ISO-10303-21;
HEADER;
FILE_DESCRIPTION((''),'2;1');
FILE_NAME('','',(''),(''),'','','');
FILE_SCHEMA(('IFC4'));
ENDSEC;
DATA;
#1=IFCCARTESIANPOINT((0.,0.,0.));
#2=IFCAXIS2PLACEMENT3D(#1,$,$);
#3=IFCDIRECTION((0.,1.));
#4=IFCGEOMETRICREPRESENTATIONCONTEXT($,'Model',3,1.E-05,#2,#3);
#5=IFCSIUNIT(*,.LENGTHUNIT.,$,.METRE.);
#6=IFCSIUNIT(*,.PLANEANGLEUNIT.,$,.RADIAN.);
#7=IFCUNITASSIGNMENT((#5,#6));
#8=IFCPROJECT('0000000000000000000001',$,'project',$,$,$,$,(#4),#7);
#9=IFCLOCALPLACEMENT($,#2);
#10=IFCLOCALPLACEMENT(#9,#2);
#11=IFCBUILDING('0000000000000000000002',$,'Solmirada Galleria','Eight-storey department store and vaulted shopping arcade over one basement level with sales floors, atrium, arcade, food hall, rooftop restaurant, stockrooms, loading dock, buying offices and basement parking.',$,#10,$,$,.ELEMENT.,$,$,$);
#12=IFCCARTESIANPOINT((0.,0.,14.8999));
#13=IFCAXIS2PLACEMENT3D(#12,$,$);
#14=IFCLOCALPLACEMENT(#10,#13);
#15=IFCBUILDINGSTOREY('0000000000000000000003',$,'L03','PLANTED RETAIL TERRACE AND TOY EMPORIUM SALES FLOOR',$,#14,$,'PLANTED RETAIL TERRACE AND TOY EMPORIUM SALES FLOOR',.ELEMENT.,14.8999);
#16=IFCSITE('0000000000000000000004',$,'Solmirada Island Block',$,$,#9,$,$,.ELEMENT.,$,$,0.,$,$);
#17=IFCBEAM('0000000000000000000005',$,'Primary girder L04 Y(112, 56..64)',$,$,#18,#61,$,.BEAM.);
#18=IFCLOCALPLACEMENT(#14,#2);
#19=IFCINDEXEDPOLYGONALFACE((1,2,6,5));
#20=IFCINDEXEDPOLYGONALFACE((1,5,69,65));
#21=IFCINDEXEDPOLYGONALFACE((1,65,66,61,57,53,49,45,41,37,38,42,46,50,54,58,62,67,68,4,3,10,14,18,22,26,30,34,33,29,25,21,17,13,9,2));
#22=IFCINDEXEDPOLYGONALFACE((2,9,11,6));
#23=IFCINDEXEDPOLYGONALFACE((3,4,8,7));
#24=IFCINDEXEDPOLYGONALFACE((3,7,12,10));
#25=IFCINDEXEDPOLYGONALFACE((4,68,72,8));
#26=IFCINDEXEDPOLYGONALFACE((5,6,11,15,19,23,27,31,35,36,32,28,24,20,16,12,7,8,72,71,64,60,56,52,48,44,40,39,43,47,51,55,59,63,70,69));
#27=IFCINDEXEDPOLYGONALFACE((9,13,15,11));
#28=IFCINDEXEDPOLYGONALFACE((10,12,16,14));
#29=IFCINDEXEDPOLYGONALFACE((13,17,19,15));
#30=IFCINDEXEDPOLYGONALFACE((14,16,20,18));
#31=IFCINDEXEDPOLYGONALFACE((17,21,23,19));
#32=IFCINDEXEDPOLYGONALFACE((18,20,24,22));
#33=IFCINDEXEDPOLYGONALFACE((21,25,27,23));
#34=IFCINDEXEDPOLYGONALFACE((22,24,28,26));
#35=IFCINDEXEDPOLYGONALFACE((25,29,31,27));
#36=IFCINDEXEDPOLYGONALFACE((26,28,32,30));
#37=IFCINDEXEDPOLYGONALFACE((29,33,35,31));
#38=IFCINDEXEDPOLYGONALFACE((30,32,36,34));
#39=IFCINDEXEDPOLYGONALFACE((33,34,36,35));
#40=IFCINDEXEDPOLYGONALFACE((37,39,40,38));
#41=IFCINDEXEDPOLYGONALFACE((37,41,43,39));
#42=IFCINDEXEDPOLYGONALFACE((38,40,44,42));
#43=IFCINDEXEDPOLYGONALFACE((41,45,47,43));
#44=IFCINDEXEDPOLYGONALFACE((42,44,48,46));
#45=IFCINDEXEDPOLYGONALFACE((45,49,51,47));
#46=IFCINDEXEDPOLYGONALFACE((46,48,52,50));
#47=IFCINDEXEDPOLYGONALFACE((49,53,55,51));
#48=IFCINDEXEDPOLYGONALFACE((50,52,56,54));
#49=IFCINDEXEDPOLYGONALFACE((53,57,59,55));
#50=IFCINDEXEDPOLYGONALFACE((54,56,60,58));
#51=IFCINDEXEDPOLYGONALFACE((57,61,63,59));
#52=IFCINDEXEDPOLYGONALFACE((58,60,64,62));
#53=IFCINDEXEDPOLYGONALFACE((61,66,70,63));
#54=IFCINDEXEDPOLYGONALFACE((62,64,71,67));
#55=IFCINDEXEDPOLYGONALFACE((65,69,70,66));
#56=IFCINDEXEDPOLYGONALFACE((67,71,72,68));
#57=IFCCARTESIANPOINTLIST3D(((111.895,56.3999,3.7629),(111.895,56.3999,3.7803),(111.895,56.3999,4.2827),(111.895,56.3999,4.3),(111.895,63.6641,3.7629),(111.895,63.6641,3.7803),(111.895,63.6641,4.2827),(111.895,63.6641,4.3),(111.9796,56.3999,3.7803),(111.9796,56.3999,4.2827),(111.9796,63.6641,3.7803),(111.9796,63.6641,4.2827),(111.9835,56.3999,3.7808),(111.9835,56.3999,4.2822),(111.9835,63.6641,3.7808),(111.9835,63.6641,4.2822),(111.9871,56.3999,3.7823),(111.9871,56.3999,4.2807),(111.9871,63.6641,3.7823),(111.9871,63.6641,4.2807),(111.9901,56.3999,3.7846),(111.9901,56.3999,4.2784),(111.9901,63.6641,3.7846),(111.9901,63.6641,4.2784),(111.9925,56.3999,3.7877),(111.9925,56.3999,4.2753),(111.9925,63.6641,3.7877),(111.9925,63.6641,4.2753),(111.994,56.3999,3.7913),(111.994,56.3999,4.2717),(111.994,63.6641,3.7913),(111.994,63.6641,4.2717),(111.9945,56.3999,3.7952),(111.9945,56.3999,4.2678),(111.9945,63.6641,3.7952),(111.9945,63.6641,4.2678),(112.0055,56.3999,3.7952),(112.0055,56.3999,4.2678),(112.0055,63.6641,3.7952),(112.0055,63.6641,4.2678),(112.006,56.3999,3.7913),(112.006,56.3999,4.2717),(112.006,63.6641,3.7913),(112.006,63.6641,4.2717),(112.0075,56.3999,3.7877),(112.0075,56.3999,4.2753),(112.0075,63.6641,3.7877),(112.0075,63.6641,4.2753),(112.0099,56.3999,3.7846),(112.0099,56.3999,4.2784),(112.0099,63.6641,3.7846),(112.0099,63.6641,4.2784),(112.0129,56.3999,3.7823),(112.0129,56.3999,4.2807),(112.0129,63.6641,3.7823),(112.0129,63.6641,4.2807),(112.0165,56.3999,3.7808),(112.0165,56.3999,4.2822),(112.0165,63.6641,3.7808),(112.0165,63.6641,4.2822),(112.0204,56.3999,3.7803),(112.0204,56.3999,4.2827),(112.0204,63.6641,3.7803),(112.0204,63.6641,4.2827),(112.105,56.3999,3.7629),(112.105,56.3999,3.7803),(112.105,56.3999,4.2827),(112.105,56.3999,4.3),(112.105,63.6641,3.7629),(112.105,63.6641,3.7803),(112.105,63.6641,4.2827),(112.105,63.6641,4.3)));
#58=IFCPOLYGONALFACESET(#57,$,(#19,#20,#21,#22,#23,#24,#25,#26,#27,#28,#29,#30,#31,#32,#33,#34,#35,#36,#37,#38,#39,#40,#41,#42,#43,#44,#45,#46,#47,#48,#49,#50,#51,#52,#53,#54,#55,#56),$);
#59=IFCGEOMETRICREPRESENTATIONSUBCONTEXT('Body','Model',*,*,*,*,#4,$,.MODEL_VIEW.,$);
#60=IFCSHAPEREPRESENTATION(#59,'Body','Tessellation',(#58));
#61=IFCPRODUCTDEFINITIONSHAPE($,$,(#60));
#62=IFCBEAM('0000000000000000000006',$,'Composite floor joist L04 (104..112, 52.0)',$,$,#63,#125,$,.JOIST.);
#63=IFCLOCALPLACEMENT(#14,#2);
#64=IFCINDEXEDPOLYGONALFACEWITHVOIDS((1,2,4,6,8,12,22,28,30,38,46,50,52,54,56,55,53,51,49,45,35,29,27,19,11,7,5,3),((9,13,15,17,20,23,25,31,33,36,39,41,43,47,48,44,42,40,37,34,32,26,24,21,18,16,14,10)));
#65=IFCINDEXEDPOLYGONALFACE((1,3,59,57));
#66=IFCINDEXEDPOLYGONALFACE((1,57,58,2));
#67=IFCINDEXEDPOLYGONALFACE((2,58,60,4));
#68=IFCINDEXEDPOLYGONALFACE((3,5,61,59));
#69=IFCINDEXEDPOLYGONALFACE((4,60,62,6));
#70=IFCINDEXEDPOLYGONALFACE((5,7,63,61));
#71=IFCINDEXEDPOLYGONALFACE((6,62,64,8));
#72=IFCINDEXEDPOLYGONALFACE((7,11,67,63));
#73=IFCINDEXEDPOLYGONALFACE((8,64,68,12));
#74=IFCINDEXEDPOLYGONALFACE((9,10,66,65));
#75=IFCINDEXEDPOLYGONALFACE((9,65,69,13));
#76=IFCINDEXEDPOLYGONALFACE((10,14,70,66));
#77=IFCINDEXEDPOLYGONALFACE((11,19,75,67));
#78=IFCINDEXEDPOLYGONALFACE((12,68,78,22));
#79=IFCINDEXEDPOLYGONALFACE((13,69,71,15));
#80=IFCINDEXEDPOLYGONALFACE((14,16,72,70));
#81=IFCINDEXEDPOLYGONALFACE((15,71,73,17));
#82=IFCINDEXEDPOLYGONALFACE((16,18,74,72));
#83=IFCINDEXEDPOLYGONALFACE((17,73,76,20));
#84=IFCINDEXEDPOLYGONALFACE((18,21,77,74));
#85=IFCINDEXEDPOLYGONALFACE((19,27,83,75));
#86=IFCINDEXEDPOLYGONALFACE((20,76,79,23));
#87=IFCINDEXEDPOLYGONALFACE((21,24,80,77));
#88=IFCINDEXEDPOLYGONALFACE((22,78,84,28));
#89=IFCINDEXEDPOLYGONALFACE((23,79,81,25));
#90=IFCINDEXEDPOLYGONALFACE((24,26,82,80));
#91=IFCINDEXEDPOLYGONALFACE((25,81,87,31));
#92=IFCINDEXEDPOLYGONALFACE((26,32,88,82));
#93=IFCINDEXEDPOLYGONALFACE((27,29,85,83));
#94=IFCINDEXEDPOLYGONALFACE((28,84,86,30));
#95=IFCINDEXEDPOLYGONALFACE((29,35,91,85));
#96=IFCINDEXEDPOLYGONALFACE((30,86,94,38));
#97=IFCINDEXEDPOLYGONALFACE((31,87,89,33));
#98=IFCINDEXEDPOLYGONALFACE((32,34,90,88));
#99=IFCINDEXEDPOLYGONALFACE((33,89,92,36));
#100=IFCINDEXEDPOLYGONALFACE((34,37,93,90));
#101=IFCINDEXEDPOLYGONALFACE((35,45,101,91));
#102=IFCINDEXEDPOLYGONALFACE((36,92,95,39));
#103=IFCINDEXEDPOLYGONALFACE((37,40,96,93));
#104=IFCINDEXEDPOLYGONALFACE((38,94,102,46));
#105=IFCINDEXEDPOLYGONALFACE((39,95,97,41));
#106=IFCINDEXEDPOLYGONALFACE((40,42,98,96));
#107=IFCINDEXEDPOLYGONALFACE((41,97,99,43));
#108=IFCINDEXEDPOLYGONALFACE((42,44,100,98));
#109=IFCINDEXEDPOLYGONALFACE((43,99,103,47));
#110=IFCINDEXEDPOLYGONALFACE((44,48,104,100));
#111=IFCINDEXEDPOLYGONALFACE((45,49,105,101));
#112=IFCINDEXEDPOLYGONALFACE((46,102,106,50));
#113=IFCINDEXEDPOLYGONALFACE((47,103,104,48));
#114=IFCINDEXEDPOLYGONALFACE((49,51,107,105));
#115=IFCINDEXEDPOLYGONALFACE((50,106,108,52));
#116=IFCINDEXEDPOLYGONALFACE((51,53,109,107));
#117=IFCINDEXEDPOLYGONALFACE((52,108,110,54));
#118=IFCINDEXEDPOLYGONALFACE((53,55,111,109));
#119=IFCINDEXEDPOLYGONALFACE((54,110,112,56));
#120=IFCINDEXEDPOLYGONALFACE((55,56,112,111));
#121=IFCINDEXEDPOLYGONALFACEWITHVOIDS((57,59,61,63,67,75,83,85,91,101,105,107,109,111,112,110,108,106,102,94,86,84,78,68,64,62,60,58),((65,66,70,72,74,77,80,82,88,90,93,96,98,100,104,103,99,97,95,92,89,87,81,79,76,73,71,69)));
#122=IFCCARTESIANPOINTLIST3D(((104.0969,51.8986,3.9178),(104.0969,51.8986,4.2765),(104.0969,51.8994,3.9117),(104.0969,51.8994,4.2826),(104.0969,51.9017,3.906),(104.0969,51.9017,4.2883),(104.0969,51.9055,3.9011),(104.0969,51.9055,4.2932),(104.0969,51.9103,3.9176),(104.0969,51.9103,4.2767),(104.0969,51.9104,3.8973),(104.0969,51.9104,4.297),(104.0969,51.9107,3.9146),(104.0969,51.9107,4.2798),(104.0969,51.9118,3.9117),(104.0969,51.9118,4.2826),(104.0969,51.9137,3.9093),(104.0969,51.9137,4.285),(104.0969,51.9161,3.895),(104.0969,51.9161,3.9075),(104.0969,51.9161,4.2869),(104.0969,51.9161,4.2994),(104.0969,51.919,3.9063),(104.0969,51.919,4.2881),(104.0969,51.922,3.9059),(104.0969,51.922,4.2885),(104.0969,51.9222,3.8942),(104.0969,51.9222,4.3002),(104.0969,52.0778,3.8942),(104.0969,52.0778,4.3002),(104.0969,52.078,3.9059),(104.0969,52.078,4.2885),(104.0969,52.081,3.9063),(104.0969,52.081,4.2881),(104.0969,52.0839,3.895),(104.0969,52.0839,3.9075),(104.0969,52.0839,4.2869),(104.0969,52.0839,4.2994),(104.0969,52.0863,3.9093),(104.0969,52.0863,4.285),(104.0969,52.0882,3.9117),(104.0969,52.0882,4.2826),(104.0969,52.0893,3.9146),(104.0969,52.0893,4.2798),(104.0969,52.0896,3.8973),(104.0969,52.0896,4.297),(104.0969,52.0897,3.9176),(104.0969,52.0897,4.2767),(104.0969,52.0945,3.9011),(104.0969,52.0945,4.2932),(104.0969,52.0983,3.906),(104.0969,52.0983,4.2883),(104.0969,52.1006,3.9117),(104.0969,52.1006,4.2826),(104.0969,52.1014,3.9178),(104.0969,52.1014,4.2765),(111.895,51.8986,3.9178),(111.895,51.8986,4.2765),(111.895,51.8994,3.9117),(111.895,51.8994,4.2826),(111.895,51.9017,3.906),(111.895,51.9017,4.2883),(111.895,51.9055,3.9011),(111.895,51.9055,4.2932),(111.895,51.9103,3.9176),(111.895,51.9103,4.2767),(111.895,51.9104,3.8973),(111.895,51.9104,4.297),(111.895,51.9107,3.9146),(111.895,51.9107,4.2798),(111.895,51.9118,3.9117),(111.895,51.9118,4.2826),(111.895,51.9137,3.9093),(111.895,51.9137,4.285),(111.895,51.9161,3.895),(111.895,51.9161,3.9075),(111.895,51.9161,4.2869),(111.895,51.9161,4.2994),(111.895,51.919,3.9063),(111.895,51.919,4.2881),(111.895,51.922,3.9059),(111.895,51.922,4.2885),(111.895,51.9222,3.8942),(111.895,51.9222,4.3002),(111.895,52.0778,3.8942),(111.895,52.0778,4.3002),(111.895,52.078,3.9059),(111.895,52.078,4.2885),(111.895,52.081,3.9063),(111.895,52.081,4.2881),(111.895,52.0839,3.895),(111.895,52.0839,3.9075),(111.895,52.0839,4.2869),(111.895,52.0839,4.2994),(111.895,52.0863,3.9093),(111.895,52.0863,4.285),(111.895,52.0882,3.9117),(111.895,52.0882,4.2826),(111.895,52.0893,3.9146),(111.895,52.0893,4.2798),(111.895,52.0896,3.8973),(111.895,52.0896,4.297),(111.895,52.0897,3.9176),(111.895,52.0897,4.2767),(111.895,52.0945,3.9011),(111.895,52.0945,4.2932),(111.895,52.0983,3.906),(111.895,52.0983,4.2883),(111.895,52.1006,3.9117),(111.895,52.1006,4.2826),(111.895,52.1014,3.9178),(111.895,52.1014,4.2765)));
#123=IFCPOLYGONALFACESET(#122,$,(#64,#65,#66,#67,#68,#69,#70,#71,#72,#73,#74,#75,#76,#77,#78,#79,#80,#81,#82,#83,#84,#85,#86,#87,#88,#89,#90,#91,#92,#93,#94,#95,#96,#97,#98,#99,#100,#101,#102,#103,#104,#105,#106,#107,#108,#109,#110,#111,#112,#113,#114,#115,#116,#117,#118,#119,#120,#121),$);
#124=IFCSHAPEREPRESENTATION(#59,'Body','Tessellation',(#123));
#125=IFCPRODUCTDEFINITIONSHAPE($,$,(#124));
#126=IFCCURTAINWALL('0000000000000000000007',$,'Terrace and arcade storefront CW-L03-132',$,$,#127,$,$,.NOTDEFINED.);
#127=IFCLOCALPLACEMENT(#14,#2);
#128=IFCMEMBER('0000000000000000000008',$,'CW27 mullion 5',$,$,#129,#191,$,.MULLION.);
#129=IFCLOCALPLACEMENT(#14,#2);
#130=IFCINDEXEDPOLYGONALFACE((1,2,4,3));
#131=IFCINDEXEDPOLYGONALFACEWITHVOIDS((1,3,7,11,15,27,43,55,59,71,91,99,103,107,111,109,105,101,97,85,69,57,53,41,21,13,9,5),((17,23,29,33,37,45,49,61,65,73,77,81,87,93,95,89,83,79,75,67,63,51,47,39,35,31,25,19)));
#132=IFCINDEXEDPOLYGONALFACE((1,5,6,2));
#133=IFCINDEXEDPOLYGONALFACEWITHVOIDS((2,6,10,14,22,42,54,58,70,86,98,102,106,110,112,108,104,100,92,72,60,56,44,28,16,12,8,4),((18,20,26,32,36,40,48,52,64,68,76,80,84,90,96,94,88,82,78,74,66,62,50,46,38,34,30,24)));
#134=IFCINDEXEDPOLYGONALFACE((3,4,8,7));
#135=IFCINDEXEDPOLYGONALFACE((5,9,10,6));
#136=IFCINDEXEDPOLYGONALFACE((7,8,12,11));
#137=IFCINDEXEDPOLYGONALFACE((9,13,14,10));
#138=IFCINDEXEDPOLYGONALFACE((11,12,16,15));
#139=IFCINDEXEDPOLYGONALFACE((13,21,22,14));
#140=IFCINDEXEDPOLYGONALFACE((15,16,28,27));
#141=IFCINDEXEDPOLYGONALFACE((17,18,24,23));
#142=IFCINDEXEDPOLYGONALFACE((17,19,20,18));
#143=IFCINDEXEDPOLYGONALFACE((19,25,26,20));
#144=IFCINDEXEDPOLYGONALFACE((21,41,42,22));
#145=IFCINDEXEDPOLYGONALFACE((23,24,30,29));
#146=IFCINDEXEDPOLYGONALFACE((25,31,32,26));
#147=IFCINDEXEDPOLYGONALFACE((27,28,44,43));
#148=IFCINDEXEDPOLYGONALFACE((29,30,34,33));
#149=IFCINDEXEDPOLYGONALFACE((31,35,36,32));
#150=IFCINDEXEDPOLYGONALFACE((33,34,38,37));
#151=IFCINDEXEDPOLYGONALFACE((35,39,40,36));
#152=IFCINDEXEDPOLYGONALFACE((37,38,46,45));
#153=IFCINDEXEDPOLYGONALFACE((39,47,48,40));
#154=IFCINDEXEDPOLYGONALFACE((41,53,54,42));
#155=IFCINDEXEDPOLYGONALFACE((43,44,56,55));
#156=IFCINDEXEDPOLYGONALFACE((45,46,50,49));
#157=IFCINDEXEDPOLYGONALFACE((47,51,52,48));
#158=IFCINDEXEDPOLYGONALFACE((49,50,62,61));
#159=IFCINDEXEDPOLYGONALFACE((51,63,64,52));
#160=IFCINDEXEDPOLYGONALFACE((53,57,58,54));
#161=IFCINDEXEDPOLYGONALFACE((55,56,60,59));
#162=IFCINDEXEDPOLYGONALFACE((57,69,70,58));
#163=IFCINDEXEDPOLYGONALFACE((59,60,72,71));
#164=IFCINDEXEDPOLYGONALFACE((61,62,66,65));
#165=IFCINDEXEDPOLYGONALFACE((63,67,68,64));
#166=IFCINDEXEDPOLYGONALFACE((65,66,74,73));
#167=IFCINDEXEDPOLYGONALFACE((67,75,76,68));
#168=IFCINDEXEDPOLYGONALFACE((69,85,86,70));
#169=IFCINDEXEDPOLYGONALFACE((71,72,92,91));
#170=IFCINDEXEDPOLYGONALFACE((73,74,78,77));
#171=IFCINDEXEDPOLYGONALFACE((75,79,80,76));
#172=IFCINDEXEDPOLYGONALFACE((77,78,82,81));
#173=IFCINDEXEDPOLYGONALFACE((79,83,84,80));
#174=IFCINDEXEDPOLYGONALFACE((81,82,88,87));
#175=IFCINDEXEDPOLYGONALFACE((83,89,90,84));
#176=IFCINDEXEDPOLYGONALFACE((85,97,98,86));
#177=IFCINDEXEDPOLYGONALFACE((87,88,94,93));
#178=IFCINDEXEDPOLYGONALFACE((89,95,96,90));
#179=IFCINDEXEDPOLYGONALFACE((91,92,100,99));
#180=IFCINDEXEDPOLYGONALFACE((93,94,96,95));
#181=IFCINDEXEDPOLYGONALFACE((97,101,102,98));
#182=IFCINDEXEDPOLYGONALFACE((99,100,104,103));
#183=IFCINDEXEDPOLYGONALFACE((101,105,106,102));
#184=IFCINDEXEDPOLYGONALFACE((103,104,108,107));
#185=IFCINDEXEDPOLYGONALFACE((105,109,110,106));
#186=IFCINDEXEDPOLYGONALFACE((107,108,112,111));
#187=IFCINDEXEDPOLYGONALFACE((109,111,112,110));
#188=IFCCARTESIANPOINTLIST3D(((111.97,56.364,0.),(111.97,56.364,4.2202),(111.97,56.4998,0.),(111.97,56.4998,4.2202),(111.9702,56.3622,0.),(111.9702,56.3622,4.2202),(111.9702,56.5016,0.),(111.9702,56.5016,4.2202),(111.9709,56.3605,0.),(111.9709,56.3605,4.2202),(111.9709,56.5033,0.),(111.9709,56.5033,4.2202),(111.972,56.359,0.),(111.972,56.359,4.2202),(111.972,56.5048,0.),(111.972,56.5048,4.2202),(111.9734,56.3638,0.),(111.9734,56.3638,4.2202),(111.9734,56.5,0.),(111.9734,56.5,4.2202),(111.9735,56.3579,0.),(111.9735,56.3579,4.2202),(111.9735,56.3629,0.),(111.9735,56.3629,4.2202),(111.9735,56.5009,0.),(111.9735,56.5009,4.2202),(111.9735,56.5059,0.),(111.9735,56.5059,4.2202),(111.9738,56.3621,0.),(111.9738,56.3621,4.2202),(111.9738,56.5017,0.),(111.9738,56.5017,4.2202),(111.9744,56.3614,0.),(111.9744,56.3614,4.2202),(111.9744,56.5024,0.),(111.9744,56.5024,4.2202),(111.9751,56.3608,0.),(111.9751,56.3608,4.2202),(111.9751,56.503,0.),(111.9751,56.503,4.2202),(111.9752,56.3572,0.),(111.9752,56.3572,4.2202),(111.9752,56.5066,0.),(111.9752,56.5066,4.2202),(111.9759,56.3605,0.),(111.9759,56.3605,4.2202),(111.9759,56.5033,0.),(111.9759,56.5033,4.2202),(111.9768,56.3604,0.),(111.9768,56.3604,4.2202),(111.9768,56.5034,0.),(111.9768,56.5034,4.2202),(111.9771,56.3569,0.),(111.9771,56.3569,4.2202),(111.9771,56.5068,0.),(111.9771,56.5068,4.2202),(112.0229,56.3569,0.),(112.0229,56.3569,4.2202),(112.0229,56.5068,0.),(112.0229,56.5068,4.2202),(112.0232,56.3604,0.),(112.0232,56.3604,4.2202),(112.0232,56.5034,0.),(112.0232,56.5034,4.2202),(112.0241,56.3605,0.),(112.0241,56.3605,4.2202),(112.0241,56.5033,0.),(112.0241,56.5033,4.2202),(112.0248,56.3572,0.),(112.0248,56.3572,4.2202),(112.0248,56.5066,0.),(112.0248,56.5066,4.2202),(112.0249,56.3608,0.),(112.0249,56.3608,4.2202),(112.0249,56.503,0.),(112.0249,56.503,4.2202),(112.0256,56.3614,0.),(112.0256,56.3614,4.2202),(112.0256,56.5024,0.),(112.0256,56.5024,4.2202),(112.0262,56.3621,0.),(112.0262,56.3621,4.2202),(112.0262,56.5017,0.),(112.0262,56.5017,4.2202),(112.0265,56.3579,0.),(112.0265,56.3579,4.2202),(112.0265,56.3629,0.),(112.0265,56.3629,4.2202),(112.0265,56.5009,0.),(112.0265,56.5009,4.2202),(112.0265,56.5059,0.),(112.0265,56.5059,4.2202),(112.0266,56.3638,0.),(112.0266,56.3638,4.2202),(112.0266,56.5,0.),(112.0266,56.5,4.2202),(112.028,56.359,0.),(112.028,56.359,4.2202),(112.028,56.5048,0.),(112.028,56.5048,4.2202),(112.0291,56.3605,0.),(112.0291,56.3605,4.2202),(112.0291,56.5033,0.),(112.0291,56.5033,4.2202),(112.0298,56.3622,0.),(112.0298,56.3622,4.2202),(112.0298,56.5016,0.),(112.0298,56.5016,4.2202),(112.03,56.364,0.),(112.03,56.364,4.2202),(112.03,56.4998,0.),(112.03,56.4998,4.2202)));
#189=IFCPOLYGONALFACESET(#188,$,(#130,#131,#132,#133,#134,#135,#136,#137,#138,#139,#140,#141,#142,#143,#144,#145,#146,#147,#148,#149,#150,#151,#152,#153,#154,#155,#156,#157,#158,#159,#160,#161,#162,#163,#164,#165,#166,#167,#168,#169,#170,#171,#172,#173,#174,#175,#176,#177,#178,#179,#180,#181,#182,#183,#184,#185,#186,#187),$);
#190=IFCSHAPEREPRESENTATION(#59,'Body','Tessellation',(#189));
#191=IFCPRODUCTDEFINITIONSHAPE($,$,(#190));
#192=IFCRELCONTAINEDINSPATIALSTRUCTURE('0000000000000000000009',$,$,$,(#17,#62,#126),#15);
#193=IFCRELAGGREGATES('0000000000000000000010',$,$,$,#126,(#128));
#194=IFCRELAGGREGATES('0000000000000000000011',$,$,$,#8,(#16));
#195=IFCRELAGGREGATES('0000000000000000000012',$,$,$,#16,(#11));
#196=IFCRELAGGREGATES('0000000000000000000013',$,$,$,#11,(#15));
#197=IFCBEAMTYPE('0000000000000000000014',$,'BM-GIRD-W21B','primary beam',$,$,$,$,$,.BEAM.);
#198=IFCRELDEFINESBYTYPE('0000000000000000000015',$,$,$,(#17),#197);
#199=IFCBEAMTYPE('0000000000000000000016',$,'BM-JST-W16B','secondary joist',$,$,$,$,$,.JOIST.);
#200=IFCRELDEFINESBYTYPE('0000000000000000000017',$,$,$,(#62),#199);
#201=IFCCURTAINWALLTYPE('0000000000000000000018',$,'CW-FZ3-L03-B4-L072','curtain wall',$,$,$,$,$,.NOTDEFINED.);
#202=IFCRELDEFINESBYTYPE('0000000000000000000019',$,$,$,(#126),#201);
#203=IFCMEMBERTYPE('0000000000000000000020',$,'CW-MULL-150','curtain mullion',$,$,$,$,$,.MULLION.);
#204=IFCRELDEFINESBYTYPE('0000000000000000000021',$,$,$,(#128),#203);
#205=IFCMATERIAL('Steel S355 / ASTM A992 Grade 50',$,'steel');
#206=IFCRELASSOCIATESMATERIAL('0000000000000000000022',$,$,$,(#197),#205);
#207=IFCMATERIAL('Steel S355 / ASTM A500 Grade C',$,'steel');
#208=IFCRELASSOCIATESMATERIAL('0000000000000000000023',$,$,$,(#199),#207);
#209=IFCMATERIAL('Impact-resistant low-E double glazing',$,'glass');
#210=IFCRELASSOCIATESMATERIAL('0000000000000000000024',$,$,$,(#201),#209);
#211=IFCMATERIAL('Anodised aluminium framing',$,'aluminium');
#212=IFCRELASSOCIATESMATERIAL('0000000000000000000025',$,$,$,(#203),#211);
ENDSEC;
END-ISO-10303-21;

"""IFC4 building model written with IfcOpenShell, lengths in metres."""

from ifc_helpers import new_model, si_unit, direction, frame, origin, origin_2d, place, context, subcontext, project, spatial, hollow_rectangle, i_section, extrude, material, material_profile, profile_set, type_object, element, aggregate, save


model = new_model("IFC4")

# Units and contexts
model_context = context("Model", 3, precision=1e-05, world=origin(), true_north=direction((0.0, 1.0)))
body_context = subcontext(model_context, "Body", "Model", "MODEL_VIEW")
ifc_project = project(units=[si_unit("LENGTHUNIT", "METRE"), si_unit("PLANEANGLEUNIT", "RADIAN")], contexts=[model_context])

# Site, building, storey
site_placement = place(None, origin())
site = spatial("IfcSite", under=ifc_project, at=site_placement, Name="Solmirada Island Block", CompositionType="ELEMENT", RefElevation=0.0)
building_placement = place(site_placement, origin())
building = spatial("IfcBuilding", under=site, at=building_placement, Name="Solmirada Galleria", Description="Eight-storey department store and vaulted shopping arcade over one basement level with sales floors, atrium, arcade, food hall, rooftop restaurant, stockrooms, loading dock, buying offices and basement parking.", CompositionType="ELEMENT")
storey_placement = place(building_placement, frame((0.0, 0.0, 14.8999)))
storey = spatial("IfcBuildingStorey", under=building, at=storey_placement, Name="L03", Description="PLANTED RETAIL TERRACE AND TOY EMPORIUM SALES FLOOR", LongName="PLANTED RETAIL TERRACE AND TOY EMPORIUM SALES FLOOR", CompositionType="ELEMENT", Elevation=14.8999)

# Beams
ifc_material_1 = material(Name="Steel S355 / ASTM A992 Grade 50", Category="steel")
ifc_material_profile_1 = material_profile(ifc_material_1, i_section(OverallWidth=0.21, OverallDepth=0.5371, WebThickness=0.011, FlangeThickness=0.0173, FilletRadius=0.0149, at=origin_2d()), Name="W21X68")
ifc_profile_set_1 = profile_set([ifc_material_profile_1], Name="Steel S355 / ASTM A992 Grade 50")
beam_type_1 = type_object("IfcBeamType", Name="BM-GIRD-W21B", Description="primary beam", PredefinedType="BEAM", material=ifc_profile_set_1)
beam_1_placement = place(storey_placement, frame((112.0, 56.3999, 4.0315), z_axis=(0.0, 1.0, 0.0), x_axis=(-1.0, 0.0, 0.0)))
element("IfcBeam", 1, at=beam_1_placement, inside=storey, type_object=beam_type_1, Name="Primary girder L04 Y(112, 56..64)", PredefinedType="BEAM", context=body_context, shape_type="SweptSolid", body=[
    extrude(i_section(OverallWidth=0.21, OverallDepth=0.5371, WebThickness=0.011, FlangeThickness=0.0173, FilletRadius=0.0149, at=origin_2d()), origin(), (0.0, 0.0, 1.0), 7.2642),
])
ifc_material_2 = material(Name="Steel S355 / ASTM A500 Grade C", Category="steel")
ifc_material_profile_2 = material_profile(ifc_material_2, hollow_rectangle(XDim=0.2029, YDim=0.406, WallThickness=0.0117, InnerFilletRadius=0.0117, OuterFilletRadius=0.0237, at=origin_2d()), Name="HSS16X8X1/2")
ifc_profile_set_2 = profile_set([ifc_material_profile_2], Name="Steel S355 / ASTM A500 Grade C")
beam_type_2 = type_object("IfcBeamType", Name="BM-JST-W16B", Description="secondary joist", PredefinedType="JOIST", material=ifc_profile_set_2)
beam_2_placement = place(storey_placement, frame((104.0969, 52.0, 4.0972), z_axis=(1.0, 0.0, 0.0), x_axis=(0.0, 1.0, 0.0)))
element("IfcBeam", 2, at=beam_2_placement, inside=storey, type_object=beam_type_2, Name="Composite floor joist L04 (104..112, 52.0)", PredefinedType="JOIST", context=body_context, shape_type="SweptSolid", body=[
    extrude(hollow_rectangle(XDim=0.2029, YDim=0.406, WallThickness=0.0117, InnerFilletRadius=0.0117, OuterFilletRadius=0.0237, at=origin_2d()), origin(), (0.0, 0.0, 1.0), 7.7981),
])

# Curtain wall, member
ifc_material_3 = material(Name="Impact-resistant low-E double glazing", Category="glass")
curtain_wall_type = type_object("IfcCurtainWallType", Name="CW-FZ3-L03-B4-L072", Description="curtain wall", PredefinedType="NOTDEFINED", material=ifc_material_3)
curtain_wall_1_placement = place(storey_placement, origin())
curtain_wall_1 = element("IfcCurtainWall", 3, at=curtain_wall_1_placement, inside=storey, type_object=curtain_wall_type, Name="Terrace and arcade storefront CW-L03-132", PredefinedType="NOTDEFINED")
ifc_material_4 = material(Name="Anodised aluminium framing", Category="aluminium")
ifc_material_profile_3 = material_profile(ifc_material_4, hollow_rectangle(XDim=0.0601, YDim=0.1499, WallThickness=0.0034, InnerFilletRadius=0.0034, OuterFilletRadius=0.0071, at=origin_2d()), Name="ALU-MULL-150X60")
ifc_profile_set_3 = profile_set([ifc_material_profile_3], Name="Anodised aluminium framing")
member_type_1 = type_object("IfcMemberType", Name="CW-MULL-150", Description="curtain mullion", PredefinedType="MULLION", material=ifc_profile_set_3)
member_1_placement = place(storey_placement, frame((112.0, 56.4319, 0.0), z_axis=(0.0, 0.0, 1.0), x_axis=(1.0, 0.0, 0.0)))
member_1 = element("IfcMember", 4, at=member_1_placement, type_object=member_type_1, Name="CW27 mullion 5", PredefinedType="MULLION", context=body_context, shape_type="SweptSolid", body=[
    extrude(hollow_rectangle(XDim=0.0601, YDim=0.1499, WallThickness=0.0034, InnerFilletRadius=0.0034, OuterFilletRadius=0.0071, at=origin_2d()), origin(), (0.0, 0.0, 1.0), 4.2202),
])

aggregate(curtain_wall_1, [member_1])

save(model, "model.ifc")
